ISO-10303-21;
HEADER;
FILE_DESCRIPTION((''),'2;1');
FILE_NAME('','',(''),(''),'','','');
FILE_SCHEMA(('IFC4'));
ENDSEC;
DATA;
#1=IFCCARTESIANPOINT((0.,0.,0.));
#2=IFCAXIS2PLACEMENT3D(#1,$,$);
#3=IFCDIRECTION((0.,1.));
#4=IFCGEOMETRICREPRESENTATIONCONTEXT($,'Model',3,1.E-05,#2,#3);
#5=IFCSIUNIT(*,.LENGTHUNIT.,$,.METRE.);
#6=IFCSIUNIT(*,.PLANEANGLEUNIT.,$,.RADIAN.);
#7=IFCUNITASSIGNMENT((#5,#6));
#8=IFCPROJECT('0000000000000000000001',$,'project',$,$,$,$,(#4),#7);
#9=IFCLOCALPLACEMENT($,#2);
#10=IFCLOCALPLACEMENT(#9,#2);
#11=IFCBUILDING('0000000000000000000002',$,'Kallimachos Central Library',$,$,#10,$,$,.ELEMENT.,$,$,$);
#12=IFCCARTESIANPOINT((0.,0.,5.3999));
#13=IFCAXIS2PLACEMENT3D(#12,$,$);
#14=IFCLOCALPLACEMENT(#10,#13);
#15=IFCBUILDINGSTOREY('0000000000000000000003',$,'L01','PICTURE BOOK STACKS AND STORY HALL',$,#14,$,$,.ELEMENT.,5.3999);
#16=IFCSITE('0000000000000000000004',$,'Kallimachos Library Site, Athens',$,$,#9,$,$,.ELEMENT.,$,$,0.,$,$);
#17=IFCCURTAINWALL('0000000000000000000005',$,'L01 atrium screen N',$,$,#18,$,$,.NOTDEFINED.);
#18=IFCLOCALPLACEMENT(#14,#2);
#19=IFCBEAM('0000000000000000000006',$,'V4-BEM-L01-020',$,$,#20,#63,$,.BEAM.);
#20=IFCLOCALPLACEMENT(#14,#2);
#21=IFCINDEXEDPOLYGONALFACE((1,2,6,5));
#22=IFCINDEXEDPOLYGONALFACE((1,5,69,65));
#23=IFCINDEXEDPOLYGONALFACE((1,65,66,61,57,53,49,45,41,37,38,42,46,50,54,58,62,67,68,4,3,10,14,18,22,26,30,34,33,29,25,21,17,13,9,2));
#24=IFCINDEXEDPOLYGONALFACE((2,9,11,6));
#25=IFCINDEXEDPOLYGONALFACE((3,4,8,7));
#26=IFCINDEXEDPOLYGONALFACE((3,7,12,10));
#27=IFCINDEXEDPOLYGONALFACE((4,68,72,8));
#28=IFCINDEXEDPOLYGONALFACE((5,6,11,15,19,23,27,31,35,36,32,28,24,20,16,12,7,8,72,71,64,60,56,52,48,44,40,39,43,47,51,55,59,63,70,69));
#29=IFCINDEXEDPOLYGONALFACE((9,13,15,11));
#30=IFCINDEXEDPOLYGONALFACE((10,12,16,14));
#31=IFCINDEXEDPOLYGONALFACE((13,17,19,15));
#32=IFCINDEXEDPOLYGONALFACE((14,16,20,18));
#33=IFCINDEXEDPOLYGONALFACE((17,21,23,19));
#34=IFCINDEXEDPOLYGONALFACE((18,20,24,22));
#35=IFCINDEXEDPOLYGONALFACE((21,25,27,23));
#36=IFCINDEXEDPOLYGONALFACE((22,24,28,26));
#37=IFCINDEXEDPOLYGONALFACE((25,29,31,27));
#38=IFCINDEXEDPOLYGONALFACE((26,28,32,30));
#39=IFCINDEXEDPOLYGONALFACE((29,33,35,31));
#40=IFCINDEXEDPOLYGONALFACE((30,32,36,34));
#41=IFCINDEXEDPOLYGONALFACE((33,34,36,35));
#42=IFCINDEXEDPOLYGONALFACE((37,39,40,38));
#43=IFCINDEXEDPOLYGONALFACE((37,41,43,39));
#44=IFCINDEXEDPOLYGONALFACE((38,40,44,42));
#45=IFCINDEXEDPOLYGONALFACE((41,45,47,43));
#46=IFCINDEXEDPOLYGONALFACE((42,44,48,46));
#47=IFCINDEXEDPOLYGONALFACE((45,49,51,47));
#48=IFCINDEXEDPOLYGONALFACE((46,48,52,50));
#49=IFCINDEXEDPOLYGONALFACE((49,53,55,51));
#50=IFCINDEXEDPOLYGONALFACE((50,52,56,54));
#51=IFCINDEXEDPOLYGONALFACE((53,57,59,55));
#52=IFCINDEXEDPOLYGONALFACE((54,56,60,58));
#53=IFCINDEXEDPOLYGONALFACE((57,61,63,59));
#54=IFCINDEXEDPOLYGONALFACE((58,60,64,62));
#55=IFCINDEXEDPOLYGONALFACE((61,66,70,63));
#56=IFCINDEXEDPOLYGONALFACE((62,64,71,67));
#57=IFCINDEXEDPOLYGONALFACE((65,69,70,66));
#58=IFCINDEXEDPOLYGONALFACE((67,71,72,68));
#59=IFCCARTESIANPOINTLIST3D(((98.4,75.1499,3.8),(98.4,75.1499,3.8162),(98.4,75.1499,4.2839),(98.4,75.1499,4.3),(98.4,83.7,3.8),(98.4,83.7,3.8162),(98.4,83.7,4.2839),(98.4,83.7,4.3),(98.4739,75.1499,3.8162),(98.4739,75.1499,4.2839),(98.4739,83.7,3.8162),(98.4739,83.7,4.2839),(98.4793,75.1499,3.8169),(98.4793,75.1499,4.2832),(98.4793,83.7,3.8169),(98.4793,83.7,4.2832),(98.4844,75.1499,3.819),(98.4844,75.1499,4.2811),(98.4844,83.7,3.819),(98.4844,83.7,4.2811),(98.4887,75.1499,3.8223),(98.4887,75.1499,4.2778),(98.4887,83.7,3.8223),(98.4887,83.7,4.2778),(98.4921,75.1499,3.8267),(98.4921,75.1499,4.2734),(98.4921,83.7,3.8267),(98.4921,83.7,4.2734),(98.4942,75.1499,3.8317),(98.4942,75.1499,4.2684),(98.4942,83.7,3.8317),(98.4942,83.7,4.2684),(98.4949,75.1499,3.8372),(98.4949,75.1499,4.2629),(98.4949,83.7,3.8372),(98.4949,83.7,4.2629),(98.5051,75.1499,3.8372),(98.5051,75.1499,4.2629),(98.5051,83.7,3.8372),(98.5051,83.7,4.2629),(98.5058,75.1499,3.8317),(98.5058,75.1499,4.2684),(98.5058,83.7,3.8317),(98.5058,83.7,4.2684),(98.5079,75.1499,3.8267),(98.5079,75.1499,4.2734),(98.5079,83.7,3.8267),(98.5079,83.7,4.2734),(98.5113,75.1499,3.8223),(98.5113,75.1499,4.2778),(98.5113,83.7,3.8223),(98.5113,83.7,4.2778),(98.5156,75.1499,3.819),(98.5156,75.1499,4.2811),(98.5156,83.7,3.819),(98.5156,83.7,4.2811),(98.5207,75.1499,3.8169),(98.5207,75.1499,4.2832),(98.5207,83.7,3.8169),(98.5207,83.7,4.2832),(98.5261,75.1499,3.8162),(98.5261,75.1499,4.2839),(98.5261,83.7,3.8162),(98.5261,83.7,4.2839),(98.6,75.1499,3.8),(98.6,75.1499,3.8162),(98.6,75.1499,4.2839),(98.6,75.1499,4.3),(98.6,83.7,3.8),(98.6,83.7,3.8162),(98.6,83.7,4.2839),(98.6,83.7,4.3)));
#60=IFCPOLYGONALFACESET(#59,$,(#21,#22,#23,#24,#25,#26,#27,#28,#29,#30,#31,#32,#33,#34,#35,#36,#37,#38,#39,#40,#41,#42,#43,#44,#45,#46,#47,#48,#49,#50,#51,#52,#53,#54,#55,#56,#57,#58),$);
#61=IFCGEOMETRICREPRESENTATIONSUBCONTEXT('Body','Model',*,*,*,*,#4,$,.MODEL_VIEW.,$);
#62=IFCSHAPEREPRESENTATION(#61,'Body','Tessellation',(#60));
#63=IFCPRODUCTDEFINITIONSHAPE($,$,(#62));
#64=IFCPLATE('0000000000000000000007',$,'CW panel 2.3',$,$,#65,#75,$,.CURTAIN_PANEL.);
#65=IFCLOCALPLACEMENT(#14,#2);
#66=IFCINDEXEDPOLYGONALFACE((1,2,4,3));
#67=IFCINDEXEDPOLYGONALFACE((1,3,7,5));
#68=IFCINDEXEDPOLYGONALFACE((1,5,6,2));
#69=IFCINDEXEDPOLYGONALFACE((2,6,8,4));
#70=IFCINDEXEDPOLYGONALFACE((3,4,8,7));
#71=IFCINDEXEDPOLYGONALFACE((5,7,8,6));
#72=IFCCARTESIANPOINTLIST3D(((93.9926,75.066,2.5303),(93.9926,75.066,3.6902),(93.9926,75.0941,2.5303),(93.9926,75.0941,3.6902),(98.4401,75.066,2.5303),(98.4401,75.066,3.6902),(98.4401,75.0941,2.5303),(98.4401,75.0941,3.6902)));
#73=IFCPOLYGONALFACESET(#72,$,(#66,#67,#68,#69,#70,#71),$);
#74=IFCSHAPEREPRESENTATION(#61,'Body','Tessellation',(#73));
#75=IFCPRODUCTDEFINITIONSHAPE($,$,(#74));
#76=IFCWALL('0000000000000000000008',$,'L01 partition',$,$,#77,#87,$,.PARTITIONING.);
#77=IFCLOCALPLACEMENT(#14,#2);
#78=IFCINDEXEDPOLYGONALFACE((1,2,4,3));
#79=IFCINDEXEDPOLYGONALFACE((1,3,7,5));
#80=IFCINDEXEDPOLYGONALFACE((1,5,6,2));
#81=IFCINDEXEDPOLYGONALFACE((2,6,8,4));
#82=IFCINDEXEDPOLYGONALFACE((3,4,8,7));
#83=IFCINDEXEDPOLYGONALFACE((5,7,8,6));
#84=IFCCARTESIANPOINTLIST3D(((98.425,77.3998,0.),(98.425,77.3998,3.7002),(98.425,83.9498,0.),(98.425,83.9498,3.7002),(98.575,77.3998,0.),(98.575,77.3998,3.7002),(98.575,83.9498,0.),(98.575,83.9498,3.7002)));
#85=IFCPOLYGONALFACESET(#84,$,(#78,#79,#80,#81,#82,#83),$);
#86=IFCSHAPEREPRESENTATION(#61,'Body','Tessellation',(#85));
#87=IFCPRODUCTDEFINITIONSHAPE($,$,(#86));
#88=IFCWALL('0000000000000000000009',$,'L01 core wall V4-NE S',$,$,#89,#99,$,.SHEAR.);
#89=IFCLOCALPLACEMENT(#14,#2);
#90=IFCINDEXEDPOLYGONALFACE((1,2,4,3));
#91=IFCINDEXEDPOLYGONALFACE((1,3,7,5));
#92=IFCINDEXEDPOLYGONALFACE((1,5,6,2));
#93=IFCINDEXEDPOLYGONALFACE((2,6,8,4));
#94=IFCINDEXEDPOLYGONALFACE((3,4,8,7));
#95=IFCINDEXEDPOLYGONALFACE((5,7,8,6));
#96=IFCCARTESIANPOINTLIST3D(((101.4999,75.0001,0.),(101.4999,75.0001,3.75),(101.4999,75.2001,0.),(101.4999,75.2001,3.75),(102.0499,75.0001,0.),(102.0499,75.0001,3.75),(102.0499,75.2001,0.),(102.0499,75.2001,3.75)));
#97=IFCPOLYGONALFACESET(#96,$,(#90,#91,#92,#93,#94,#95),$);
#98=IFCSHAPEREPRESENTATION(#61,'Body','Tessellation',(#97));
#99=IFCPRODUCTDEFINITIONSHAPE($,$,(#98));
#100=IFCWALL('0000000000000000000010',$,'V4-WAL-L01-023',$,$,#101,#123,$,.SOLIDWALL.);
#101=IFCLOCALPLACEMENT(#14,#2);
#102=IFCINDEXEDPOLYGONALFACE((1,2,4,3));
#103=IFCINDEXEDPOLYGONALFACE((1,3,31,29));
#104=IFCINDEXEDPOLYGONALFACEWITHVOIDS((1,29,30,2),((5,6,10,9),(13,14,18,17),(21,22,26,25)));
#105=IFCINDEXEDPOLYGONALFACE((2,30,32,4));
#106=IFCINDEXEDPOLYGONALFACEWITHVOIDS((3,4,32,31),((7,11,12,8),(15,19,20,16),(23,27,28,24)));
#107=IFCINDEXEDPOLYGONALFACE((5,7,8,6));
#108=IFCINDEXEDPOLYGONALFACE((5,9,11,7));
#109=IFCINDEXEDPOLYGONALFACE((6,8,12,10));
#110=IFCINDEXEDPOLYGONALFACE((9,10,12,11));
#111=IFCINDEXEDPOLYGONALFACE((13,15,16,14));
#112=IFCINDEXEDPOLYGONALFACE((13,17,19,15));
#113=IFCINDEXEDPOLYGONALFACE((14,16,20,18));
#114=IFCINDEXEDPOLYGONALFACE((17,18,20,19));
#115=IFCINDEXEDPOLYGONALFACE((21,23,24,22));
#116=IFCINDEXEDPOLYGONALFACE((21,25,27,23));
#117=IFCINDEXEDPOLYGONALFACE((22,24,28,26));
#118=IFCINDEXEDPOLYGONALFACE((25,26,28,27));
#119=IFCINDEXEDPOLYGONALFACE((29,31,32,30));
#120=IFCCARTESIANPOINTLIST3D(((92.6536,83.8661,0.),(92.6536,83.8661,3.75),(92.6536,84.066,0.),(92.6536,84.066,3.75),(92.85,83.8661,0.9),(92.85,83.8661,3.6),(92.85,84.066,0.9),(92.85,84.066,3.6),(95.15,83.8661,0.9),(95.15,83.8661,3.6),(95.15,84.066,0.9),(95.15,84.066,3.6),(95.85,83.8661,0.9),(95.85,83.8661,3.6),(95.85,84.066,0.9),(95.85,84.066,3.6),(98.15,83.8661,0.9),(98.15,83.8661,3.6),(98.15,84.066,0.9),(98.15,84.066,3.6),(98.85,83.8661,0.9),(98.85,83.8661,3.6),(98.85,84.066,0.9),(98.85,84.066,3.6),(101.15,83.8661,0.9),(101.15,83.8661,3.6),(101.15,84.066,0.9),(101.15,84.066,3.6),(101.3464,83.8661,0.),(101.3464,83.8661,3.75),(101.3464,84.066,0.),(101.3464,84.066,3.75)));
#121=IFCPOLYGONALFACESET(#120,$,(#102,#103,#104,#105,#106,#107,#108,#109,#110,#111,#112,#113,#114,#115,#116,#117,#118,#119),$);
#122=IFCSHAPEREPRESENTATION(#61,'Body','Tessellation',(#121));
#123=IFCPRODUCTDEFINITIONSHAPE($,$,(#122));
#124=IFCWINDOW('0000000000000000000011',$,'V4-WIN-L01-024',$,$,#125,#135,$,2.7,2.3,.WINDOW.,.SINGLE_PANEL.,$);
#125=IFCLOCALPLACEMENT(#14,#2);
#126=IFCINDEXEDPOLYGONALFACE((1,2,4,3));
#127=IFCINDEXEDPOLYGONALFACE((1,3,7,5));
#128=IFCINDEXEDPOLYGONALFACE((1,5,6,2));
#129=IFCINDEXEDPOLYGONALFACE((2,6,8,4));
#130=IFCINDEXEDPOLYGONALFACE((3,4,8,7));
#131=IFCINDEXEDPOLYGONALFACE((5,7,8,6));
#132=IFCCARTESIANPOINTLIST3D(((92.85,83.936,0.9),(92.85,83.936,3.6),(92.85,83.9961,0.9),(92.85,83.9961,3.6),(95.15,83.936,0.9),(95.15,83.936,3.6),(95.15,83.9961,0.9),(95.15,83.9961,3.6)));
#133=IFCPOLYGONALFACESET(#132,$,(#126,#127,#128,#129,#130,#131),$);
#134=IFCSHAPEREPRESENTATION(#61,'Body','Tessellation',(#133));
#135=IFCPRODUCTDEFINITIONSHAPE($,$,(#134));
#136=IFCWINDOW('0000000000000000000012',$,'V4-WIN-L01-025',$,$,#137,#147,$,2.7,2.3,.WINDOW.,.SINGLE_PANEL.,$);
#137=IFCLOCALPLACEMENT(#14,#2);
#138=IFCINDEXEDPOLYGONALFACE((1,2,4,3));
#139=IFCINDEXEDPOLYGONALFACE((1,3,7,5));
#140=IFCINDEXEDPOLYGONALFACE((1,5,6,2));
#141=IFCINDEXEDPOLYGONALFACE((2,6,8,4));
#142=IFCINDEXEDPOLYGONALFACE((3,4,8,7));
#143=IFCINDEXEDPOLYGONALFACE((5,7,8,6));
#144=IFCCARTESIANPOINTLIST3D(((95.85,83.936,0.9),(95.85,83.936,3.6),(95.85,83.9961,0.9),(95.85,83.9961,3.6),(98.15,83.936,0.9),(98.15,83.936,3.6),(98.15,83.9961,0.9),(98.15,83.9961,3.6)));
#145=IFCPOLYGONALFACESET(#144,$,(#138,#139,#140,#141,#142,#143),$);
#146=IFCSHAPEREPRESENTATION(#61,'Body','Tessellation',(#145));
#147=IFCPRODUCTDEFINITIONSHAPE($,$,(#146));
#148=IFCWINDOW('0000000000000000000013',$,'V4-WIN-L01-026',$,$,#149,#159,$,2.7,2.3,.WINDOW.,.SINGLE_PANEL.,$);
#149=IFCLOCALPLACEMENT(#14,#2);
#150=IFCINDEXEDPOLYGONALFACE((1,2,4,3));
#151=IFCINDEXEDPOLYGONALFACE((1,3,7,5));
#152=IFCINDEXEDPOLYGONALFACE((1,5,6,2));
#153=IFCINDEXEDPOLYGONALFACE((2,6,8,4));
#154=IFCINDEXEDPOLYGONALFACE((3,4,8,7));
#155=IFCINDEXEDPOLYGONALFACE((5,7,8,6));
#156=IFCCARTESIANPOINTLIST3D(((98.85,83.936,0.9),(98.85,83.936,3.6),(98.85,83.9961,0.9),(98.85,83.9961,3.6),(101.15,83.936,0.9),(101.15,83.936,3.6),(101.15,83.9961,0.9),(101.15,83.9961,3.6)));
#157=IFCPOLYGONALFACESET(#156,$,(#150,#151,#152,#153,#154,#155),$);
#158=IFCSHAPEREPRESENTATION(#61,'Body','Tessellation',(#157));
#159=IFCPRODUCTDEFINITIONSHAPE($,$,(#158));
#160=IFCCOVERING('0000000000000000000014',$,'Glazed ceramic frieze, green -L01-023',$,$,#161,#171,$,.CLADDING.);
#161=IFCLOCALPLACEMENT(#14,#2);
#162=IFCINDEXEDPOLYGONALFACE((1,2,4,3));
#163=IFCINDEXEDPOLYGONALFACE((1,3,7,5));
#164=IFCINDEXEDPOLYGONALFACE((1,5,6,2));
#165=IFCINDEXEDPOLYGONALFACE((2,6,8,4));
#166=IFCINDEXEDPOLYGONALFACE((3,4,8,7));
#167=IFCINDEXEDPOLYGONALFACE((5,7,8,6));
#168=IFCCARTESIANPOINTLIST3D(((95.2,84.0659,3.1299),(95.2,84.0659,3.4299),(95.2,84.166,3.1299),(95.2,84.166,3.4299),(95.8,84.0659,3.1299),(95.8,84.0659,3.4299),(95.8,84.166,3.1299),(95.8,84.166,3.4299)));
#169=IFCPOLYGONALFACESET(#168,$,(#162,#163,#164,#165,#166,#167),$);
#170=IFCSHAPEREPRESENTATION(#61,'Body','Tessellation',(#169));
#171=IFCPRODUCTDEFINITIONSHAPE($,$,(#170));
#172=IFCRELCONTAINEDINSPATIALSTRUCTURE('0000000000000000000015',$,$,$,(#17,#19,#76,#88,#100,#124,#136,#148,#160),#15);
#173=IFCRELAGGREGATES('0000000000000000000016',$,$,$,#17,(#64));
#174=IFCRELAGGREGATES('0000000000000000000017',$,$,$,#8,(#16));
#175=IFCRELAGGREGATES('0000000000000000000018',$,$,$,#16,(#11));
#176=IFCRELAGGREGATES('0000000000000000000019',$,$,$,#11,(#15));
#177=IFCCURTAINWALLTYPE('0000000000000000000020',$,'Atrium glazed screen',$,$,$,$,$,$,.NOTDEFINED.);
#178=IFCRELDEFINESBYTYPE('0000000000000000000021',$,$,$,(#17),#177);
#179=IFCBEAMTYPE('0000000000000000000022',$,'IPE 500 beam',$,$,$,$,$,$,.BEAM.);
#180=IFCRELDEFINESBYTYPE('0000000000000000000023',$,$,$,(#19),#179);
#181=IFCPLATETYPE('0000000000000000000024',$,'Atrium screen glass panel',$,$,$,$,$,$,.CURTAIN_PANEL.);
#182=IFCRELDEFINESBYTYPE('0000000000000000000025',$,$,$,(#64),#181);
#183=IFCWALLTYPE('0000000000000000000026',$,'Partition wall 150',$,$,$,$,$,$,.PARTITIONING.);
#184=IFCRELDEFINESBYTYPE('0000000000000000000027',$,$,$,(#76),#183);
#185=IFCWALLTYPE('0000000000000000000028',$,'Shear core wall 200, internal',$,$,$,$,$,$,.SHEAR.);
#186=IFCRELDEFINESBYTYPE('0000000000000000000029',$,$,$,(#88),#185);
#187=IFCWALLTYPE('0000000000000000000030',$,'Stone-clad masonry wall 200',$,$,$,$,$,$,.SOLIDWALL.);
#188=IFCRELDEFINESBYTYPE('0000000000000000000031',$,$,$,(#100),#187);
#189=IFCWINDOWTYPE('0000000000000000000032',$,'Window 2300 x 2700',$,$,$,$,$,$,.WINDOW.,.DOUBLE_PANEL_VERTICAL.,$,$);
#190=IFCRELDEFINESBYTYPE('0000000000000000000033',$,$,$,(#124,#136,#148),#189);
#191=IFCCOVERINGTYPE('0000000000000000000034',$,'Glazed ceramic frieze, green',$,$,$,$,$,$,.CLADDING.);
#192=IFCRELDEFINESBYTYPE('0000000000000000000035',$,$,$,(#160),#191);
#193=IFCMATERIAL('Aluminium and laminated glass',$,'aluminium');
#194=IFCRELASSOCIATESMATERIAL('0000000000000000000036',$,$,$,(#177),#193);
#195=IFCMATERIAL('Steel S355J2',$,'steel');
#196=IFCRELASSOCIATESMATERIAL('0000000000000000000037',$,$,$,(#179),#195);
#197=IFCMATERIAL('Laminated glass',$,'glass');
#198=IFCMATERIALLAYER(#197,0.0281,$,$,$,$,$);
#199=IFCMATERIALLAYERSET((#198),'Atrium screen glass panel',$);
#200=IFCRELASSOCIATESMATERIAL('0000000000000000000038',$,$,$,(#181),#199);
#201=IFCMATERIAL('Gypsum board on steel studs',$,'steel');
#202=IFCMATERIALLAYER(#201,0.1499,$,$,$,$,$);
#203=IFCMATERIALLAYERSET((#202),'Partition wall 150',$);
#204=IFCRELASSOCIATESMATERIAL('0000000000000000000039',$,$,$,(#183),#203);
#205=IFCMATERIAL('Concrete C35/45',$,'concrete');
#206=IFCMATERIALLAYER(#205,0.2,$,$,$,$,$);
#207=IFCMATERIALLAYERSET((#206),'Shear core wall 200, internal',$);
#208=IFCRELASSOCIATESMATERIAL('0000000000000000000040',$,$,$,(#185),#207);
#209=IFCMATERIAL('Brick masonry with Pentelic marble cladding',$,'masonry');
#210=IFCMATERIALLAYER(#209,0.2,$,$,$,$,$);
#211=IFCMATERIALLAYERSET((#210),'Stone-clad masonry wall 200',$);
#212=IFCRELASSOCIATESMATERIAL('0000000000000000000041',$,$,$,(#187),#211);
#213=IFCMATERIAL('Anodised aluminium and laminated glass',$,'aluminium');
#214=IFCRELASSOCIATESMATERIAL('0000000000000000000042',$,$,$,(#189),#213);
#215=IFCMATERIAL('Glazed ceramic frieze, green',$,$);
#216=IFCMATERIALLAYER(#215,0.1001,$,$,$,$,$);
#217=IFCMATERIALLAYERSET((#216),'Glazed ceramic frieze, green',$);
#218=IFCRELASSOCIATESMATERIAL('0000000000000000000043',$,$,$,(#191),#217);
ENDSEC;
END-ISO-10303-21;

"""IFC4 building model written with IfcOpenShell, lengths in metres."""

from ifc_helpers import new_model, si_unit, direction, frame, frame_2d, origin, origin_2d, place, context, subcontext, project, spatial, rectangle, i_section, extrude, material, layer, layer_set, material_profile, profile_set, type_object, element, fill, aggregate, save


model = new_model("IFC4")

# Units and contexts
model_context = context("Model", 3, precision=1e-05, world=origin(), true_north=direction((0.0, 1.0)))
body_context = subcontext(model_context, "Body", "Model", "MODEL_VIEW")
ifc_project = project(units=[si_unit("LENGTHUNIT", "METRE"), si_unit("PLANEANGLEUNIT", "RADIAN")], contexts=[model_context])

# Site, building, storey
site_placement = place(None, origin())
site = spatial("IfcSite", under=ifc_project, at=site_placement, Name="Kallimachos Library Site, Athens", CompositionType="ELEMENT", RefElevation=0.0)
building_placement = place(site_placement, origin())
building = spatial("IfcBuilding", under=site, at=building_placement, Name="Kallimachos Central Library", CompositionType="ELEMENT")
storey_placement = place(building_placement, frame((0.0, 0.0, 5.3999)))
storey = spatial("IfcBuildingStorey", under=building, at=storey_placement, Name="L01", Description="PICTURE BOOK STACKS AND STORY HALL", CompositionType="ELEMENT", Elevation=5.3999)

# Curtain wall
ifc_material_1 = material(Name="Aluminium and laminated glass", Category="aluminium")
curtain_wall_type_1 = type_object("IfcCurtainWallType", Name="Atrium glazed screen", PredefinedType="NOTDEFINED", material=ifc_material_1)
curtain_wall_1_placement = place(storey_placement, origin())
curtain_wall_1 = element("IfcCurtainWall", 1, at=curtain_wall_1_placement, inside=storey, type_object=curtain_wall_type_1, Name="L01 atrium screen N", PredefinedType="NOTDEFINED")

# Beam
ifc_material_2 = material(Name="Steel S355J2", Category="steel")
ifc_material_profile_1 = material_profile(ifc_material_2, i_section(OverallWidth=0.2, OverallDepth=0.5, WebThickness=0.0103, FlangeThickness=0.0161, FilletRadius=0.021, at=origin_2d()), Name="IPE 500")
ifc_profile_set_1 = profile_set([ifc_material_profile_1], Name="Steel S355J2")
beam_type_1 = type_object("IfcBeamType", Name="IPE 500 beam", PredefinedType="BEAM", material=ifc_profile_set_1)
for number, where, z_axis, x_axis, name in (
    (2, (98.5, 75.1499, 4.05), (0.0, 1.0, 0.0), (-1.0, 0.0, 0.0), "V4-BEM-L01-020"),
):
    element("IfcBeam", number, at=place(storey_placement, frame(where, z_axis=z_axis, x_axis=x_axis)), inside=storey, type_object=beam_type_1, Name=name, PredefinedType="BEAM", context=body_context, shape_type="SweptSolid", body=[
        extrude(i_section(OverallWidth=0.2, OverallDepth=0.5, WebThickness=0.0103, FlangeThickness=0.0161, FilletRadius=0.021, at=origin_2d()), origin(), (0.0, 0.0, 1.0), 8.55),
    ])

# Plate
ifc_material_3 = material(Name="Laminated glass", Category="glass")
ifc_layer_1 = layer(ifc_material_3, 0.0281)
ifc_layer_set_1 = layer_set([ifc_layer_1], Name="Atrium screen glass panel")
plate_type = type_object("IfcPlateType", Name="Atrium screen glass panel", PredefinedType="CURTAIN_PANEL", material=ifc_layer_set_1)
plate_placement = place(storey_placement, frame((96.2163, 75.0801, 2.5303), z_axis=(0.0, 0.0, 1.0), x_axis=(1.0, 0.0, 0.0)))
plate = element("IfcPlate", 3, at=plate_placement, type_object=plate_type, Name="CW panel 2.3", PredefinedType="CURTAIN_PANEL", context=body_context, shape_type="SweptSolid", body=[
    extrude(rectangle(XDim=4.4475, YDim=0.0281, at=origin_2d()), origin(), (0.0, 0.0, 1.0), 1.1599),
])
aggregate(curtain_wall_1, [plate])

# Walls
ifc_material_4 = material(Name="Gypsum board on steel studs", Category="steel")
ifc_layer_2 = layer(ifc_material_4, 0.1499)
ifc_layer_set_2 = layer_set([ifc_layer_2], Name="Partition wall 150")
wall_type_1 = type_object("IfcWallType", Name="Partition wall 150", PredefinedType="PARTITIONING", material=ifc_layer_set_2)
wall_1_placement = place(storey_placement, frame((98.5, 77.3999, 0.0), z_axis=(0.0, 0.0, 1.0), x_axis=(0.0, 1.0, 0.0)))
element("IfcWall", 4, at=wall_1_placement, inside=storey, type_object=wall_type_1, Name="L01 partition", PredefinedType="PARTITIONING", context=body_context, shape_type="SweptSolid", body=[
    extrude(rectangle(XDim=6.55, YDim=0.1499, at=frame_2d((3.2749, 0.0))), origin(), (0.0, 0.0, 1.0), 3.7002),
])
ifc_material_5 = material(Name="Concrete C35/45", Category="concrete")
ifc_layer_3 = layer(ifc_material_5, 0.2)
ifc_layer_set_3 = layer_set([ifc_layer_3], Name="Shear core wall 200, internal")
wall_type_2 = type_object("IfcWallType", Name="Shear core wall 200, internal", PredefinedType="SHEAR", material=ifc_layer_set_3)
wall_2_placement = place(storey_placement, frame((101.5, 75.1001, 0.0), z_axis=(0.0, 0.0, 1.0), x_axis=(1.0, 0.0, 0.0)))
element("IfcWall", 5, at=wall_2_placement, inside=storey, type_object=wall_type_2, Name="L01 core wall V4-NE S", PredefinedType="SHEAR", context=body_context, shape_type="SweptSolid", body=[
    extrude(rectangle(XDim=0.55, YDim=0.2, at=frame_2d((0.2749, 0.0))), origin(), (0.0, 0.0, 1.0), 3.75),
])

# Wall, openings, windows
ifc_material_6 = material(Name="Brick masonry with Pentelic marble cladding", Category="masonry")
ifc_layer_4 = layer(ifc_material_6, 0.2)
ifc_layer_set_4 = layer_set([ifc_layer_4], Name="Stone-clad masonry wall 200")
wall_type_3 = type_object("IfcWallType", Name="Stone-clad masonry wall 200", PredefinedType="SOLIDWALL", material=ifc_layer_set_4)
wall_3_placement = place(storey_placement, frame((92.6536, 83.9661, 0.0), z_axis=(0.0, 0.0, 1.0), x_axis=(1.0, 0.0, 0.0)))
wall_3 = element("IfcWall", 6, at=wall_3_placement, inside=storey, type_object=wall_type_3, Name="V4-WAL-L01-023", PredefinedType="SOLIDWALL", context=body_context, shape_type="SweptSolid", body=[
    extrude(rectangle(XDim=8.6929, YDim=0.2, at=frame_2d((4.3464, 0.0))), origin(), (0.0, 0.0, 1.0), 3.75),
])
opening_1_placement = place(wall_3_placement, frame((0.1965, 0.0, 0.8999)))
opening_1 = element("IfcOpeningElement", 7, at=opening_1_placement, cuts=wall_3, PredefinedType="OPENING", context=body_context, shape_type="SweptSolid", body=[
    extrude(rectangle(XDim=2.3, YDim=2.7, at=frame_2d((1.1499, 1.3501))), frame((0.0, 0.1099, 0.0), z_axis=(0.0, -1.0, 0.0), x_axis=(1.0, 0.0, 0.0)), (0.0, 0.0, 1.0), 0.22),
])
opening_2_placement = place(wall_3_placement, frame((3.1965, 0.0, 0.8999)))
opening_2 = element("IfcOpeningElement", 8, at=opening_2_placement, cuts=wall_3, PredefinedType="OPENING", context=body_context, shape_type="SweptSolid", body=[
    extrude(rectangle(XDim=2.3, YDim=2.7, at=frame_2d((1.1499, 1.3501))), frame((0.0, 0.1099, 0.0), z_axis=(0.0, -1.0, 0.0), x_axis=(1.0, 0.0, 0.0)), (0.0, 0.0, 1.0), 0.22),
])
opening_3_placement = place(wall_3_placement, frame((6.1965, 0.0, 0.8999)))
opening_3 = element("IfcOpeningElement", 9, at=opening_3_placement, cuts=wall_3, PredefinedType="OPENING", context=body_context, shape_type="SweptSolid", body=[
    extrude(rectangle(XDim=2.3, YDim=2.7, at=frame_2d((1.1499, 1.3501))), frame((0.0, 0.1099, 0.0), z_axis=(0.0, -1.0, 0.0), x_axis=(1.0, 0.0, 0.0)), (0.0, 0.0, 1.0), 0.22),
])
ifc_material_7 = material(Name="Anodised aluminium and laminated glass", Category="aluminium")
window_type = type_object("IfcWindowType", Name="Window 2300 x 2700", PartitioningType="DOUBLE_PANEL_VERTICAL", PredefinedType="WINDOW", material=ifc_material_7)
window_1_placement = place(opening_1_placement, origin())
window_1 = element("IfcWindow", 10, at=window_1_placement, inside=storey, type_object=window_type, Name="V4-WIN-L01-024", OverallHeight=2.7, OverallWidth=2.3, PartitioningType="SINGLE_PANEL", PredefinedType="WINDOW", context=body_context, shape_type="SweptSolid", body=[
    extrude(rectangle(XDim=2.3, YDim=2.7, at=frame_2d((1.1499, 1.3501))), frame((0.0, 0.03, 0.0), z_axis=(0.0, -1.0, 0.0), x_axis=(1.0, 0.0, 0.0)), (0.0, 0.0, 1.0), 0.0601),
])
fill(opening_1, window_1)
window_2_placement = place(opening_2_placement, origin())
window_2 = element("IfcWindow", 11, at=window_2_placement, inside=storey, type_object=window_type, Name="V4-WIN-L01-025", OverallHeight=2.7, OverallWidth=2.3, PartitioningType="SINGLE_PANEL", PredefinedType="WINDOW", context=body_context, shape_type="SweptSolid", body=[
    extrude(rectangle(XDim=2.3, YDim=2.7, at=frame_2d((1.1499, 1.3501))), frame((0.0, 0.03, 0.0), z_axis=(0.0, -1.0, 0.0), x_axis=(1.0, 0.0, 0.0)), (0.0, 0.0, 1.0), 0.0601),
])
fill(opening_2, window_2)
window_3_placement = place(opening_3_placement, origin())
window_3 = element("IfcWindow", 12, at=window_3_placement, inside=storey, type_object=window_type, Name="V4-WIN-L01-026", OverallHeight=2.7, OverallWidth=2.3, PartitioningType="SINGLE_PANEL", PredefinedType="WINDOW", context=body_context, shape_type="SweptSolid", body=[
    extrude(rectangle(XDim=2.3, YDim=2.7, at=frame_2d((1.1499, 1.3501))), frame((0.0, 0.03, 0.0), z_axis=(0.0, -1.0, 0.0), x_axis=(1.0, 0.0, 0.0)), (0.0, 0.0, 1.0), 0.0601),
])
fill(opening_3, window_3)

# Covering
ifc_material_8 = material(Name="Glazed ceramic frieze, green")
ifc_layer_5 = layer(ifc_material_8, 0.1001)
ifc_layer_set_5 = layer_set([ifc_layer_5], Name="Glazed ceramic frieze, green")
covering_type_1 = type_object("IfcCoveringType", Name="Glazed ceramic frieze, green", PredefinedType="CLADDING", material=ifc_layer_set_5)
for number, where, z_axis, x_axis, name in (
    (13, (95.5, 84.116, 3.1299), (0.0, 0.0, 1.0), (1.0, 0.0, 0.0), "Glazed ceramic frieze, green -L01-023"),
):
    element("IfcCovering", number, at=place(storey_placement, frame(where, z_axis=z_axis, x_axis=x_axis)), inside=storey, type_object=covering_type_1, Name=name, PredefinedType="CLADDING", context=body_context, shape_type="SweptSolid", body=[
        extrude(rectangle(XDim=0.6001, YDim=0.1001, at=origin_2d()), origin(), (0.0, 0.0, 1.0), 0.3),
    ])

save(model, "model.ifc")
